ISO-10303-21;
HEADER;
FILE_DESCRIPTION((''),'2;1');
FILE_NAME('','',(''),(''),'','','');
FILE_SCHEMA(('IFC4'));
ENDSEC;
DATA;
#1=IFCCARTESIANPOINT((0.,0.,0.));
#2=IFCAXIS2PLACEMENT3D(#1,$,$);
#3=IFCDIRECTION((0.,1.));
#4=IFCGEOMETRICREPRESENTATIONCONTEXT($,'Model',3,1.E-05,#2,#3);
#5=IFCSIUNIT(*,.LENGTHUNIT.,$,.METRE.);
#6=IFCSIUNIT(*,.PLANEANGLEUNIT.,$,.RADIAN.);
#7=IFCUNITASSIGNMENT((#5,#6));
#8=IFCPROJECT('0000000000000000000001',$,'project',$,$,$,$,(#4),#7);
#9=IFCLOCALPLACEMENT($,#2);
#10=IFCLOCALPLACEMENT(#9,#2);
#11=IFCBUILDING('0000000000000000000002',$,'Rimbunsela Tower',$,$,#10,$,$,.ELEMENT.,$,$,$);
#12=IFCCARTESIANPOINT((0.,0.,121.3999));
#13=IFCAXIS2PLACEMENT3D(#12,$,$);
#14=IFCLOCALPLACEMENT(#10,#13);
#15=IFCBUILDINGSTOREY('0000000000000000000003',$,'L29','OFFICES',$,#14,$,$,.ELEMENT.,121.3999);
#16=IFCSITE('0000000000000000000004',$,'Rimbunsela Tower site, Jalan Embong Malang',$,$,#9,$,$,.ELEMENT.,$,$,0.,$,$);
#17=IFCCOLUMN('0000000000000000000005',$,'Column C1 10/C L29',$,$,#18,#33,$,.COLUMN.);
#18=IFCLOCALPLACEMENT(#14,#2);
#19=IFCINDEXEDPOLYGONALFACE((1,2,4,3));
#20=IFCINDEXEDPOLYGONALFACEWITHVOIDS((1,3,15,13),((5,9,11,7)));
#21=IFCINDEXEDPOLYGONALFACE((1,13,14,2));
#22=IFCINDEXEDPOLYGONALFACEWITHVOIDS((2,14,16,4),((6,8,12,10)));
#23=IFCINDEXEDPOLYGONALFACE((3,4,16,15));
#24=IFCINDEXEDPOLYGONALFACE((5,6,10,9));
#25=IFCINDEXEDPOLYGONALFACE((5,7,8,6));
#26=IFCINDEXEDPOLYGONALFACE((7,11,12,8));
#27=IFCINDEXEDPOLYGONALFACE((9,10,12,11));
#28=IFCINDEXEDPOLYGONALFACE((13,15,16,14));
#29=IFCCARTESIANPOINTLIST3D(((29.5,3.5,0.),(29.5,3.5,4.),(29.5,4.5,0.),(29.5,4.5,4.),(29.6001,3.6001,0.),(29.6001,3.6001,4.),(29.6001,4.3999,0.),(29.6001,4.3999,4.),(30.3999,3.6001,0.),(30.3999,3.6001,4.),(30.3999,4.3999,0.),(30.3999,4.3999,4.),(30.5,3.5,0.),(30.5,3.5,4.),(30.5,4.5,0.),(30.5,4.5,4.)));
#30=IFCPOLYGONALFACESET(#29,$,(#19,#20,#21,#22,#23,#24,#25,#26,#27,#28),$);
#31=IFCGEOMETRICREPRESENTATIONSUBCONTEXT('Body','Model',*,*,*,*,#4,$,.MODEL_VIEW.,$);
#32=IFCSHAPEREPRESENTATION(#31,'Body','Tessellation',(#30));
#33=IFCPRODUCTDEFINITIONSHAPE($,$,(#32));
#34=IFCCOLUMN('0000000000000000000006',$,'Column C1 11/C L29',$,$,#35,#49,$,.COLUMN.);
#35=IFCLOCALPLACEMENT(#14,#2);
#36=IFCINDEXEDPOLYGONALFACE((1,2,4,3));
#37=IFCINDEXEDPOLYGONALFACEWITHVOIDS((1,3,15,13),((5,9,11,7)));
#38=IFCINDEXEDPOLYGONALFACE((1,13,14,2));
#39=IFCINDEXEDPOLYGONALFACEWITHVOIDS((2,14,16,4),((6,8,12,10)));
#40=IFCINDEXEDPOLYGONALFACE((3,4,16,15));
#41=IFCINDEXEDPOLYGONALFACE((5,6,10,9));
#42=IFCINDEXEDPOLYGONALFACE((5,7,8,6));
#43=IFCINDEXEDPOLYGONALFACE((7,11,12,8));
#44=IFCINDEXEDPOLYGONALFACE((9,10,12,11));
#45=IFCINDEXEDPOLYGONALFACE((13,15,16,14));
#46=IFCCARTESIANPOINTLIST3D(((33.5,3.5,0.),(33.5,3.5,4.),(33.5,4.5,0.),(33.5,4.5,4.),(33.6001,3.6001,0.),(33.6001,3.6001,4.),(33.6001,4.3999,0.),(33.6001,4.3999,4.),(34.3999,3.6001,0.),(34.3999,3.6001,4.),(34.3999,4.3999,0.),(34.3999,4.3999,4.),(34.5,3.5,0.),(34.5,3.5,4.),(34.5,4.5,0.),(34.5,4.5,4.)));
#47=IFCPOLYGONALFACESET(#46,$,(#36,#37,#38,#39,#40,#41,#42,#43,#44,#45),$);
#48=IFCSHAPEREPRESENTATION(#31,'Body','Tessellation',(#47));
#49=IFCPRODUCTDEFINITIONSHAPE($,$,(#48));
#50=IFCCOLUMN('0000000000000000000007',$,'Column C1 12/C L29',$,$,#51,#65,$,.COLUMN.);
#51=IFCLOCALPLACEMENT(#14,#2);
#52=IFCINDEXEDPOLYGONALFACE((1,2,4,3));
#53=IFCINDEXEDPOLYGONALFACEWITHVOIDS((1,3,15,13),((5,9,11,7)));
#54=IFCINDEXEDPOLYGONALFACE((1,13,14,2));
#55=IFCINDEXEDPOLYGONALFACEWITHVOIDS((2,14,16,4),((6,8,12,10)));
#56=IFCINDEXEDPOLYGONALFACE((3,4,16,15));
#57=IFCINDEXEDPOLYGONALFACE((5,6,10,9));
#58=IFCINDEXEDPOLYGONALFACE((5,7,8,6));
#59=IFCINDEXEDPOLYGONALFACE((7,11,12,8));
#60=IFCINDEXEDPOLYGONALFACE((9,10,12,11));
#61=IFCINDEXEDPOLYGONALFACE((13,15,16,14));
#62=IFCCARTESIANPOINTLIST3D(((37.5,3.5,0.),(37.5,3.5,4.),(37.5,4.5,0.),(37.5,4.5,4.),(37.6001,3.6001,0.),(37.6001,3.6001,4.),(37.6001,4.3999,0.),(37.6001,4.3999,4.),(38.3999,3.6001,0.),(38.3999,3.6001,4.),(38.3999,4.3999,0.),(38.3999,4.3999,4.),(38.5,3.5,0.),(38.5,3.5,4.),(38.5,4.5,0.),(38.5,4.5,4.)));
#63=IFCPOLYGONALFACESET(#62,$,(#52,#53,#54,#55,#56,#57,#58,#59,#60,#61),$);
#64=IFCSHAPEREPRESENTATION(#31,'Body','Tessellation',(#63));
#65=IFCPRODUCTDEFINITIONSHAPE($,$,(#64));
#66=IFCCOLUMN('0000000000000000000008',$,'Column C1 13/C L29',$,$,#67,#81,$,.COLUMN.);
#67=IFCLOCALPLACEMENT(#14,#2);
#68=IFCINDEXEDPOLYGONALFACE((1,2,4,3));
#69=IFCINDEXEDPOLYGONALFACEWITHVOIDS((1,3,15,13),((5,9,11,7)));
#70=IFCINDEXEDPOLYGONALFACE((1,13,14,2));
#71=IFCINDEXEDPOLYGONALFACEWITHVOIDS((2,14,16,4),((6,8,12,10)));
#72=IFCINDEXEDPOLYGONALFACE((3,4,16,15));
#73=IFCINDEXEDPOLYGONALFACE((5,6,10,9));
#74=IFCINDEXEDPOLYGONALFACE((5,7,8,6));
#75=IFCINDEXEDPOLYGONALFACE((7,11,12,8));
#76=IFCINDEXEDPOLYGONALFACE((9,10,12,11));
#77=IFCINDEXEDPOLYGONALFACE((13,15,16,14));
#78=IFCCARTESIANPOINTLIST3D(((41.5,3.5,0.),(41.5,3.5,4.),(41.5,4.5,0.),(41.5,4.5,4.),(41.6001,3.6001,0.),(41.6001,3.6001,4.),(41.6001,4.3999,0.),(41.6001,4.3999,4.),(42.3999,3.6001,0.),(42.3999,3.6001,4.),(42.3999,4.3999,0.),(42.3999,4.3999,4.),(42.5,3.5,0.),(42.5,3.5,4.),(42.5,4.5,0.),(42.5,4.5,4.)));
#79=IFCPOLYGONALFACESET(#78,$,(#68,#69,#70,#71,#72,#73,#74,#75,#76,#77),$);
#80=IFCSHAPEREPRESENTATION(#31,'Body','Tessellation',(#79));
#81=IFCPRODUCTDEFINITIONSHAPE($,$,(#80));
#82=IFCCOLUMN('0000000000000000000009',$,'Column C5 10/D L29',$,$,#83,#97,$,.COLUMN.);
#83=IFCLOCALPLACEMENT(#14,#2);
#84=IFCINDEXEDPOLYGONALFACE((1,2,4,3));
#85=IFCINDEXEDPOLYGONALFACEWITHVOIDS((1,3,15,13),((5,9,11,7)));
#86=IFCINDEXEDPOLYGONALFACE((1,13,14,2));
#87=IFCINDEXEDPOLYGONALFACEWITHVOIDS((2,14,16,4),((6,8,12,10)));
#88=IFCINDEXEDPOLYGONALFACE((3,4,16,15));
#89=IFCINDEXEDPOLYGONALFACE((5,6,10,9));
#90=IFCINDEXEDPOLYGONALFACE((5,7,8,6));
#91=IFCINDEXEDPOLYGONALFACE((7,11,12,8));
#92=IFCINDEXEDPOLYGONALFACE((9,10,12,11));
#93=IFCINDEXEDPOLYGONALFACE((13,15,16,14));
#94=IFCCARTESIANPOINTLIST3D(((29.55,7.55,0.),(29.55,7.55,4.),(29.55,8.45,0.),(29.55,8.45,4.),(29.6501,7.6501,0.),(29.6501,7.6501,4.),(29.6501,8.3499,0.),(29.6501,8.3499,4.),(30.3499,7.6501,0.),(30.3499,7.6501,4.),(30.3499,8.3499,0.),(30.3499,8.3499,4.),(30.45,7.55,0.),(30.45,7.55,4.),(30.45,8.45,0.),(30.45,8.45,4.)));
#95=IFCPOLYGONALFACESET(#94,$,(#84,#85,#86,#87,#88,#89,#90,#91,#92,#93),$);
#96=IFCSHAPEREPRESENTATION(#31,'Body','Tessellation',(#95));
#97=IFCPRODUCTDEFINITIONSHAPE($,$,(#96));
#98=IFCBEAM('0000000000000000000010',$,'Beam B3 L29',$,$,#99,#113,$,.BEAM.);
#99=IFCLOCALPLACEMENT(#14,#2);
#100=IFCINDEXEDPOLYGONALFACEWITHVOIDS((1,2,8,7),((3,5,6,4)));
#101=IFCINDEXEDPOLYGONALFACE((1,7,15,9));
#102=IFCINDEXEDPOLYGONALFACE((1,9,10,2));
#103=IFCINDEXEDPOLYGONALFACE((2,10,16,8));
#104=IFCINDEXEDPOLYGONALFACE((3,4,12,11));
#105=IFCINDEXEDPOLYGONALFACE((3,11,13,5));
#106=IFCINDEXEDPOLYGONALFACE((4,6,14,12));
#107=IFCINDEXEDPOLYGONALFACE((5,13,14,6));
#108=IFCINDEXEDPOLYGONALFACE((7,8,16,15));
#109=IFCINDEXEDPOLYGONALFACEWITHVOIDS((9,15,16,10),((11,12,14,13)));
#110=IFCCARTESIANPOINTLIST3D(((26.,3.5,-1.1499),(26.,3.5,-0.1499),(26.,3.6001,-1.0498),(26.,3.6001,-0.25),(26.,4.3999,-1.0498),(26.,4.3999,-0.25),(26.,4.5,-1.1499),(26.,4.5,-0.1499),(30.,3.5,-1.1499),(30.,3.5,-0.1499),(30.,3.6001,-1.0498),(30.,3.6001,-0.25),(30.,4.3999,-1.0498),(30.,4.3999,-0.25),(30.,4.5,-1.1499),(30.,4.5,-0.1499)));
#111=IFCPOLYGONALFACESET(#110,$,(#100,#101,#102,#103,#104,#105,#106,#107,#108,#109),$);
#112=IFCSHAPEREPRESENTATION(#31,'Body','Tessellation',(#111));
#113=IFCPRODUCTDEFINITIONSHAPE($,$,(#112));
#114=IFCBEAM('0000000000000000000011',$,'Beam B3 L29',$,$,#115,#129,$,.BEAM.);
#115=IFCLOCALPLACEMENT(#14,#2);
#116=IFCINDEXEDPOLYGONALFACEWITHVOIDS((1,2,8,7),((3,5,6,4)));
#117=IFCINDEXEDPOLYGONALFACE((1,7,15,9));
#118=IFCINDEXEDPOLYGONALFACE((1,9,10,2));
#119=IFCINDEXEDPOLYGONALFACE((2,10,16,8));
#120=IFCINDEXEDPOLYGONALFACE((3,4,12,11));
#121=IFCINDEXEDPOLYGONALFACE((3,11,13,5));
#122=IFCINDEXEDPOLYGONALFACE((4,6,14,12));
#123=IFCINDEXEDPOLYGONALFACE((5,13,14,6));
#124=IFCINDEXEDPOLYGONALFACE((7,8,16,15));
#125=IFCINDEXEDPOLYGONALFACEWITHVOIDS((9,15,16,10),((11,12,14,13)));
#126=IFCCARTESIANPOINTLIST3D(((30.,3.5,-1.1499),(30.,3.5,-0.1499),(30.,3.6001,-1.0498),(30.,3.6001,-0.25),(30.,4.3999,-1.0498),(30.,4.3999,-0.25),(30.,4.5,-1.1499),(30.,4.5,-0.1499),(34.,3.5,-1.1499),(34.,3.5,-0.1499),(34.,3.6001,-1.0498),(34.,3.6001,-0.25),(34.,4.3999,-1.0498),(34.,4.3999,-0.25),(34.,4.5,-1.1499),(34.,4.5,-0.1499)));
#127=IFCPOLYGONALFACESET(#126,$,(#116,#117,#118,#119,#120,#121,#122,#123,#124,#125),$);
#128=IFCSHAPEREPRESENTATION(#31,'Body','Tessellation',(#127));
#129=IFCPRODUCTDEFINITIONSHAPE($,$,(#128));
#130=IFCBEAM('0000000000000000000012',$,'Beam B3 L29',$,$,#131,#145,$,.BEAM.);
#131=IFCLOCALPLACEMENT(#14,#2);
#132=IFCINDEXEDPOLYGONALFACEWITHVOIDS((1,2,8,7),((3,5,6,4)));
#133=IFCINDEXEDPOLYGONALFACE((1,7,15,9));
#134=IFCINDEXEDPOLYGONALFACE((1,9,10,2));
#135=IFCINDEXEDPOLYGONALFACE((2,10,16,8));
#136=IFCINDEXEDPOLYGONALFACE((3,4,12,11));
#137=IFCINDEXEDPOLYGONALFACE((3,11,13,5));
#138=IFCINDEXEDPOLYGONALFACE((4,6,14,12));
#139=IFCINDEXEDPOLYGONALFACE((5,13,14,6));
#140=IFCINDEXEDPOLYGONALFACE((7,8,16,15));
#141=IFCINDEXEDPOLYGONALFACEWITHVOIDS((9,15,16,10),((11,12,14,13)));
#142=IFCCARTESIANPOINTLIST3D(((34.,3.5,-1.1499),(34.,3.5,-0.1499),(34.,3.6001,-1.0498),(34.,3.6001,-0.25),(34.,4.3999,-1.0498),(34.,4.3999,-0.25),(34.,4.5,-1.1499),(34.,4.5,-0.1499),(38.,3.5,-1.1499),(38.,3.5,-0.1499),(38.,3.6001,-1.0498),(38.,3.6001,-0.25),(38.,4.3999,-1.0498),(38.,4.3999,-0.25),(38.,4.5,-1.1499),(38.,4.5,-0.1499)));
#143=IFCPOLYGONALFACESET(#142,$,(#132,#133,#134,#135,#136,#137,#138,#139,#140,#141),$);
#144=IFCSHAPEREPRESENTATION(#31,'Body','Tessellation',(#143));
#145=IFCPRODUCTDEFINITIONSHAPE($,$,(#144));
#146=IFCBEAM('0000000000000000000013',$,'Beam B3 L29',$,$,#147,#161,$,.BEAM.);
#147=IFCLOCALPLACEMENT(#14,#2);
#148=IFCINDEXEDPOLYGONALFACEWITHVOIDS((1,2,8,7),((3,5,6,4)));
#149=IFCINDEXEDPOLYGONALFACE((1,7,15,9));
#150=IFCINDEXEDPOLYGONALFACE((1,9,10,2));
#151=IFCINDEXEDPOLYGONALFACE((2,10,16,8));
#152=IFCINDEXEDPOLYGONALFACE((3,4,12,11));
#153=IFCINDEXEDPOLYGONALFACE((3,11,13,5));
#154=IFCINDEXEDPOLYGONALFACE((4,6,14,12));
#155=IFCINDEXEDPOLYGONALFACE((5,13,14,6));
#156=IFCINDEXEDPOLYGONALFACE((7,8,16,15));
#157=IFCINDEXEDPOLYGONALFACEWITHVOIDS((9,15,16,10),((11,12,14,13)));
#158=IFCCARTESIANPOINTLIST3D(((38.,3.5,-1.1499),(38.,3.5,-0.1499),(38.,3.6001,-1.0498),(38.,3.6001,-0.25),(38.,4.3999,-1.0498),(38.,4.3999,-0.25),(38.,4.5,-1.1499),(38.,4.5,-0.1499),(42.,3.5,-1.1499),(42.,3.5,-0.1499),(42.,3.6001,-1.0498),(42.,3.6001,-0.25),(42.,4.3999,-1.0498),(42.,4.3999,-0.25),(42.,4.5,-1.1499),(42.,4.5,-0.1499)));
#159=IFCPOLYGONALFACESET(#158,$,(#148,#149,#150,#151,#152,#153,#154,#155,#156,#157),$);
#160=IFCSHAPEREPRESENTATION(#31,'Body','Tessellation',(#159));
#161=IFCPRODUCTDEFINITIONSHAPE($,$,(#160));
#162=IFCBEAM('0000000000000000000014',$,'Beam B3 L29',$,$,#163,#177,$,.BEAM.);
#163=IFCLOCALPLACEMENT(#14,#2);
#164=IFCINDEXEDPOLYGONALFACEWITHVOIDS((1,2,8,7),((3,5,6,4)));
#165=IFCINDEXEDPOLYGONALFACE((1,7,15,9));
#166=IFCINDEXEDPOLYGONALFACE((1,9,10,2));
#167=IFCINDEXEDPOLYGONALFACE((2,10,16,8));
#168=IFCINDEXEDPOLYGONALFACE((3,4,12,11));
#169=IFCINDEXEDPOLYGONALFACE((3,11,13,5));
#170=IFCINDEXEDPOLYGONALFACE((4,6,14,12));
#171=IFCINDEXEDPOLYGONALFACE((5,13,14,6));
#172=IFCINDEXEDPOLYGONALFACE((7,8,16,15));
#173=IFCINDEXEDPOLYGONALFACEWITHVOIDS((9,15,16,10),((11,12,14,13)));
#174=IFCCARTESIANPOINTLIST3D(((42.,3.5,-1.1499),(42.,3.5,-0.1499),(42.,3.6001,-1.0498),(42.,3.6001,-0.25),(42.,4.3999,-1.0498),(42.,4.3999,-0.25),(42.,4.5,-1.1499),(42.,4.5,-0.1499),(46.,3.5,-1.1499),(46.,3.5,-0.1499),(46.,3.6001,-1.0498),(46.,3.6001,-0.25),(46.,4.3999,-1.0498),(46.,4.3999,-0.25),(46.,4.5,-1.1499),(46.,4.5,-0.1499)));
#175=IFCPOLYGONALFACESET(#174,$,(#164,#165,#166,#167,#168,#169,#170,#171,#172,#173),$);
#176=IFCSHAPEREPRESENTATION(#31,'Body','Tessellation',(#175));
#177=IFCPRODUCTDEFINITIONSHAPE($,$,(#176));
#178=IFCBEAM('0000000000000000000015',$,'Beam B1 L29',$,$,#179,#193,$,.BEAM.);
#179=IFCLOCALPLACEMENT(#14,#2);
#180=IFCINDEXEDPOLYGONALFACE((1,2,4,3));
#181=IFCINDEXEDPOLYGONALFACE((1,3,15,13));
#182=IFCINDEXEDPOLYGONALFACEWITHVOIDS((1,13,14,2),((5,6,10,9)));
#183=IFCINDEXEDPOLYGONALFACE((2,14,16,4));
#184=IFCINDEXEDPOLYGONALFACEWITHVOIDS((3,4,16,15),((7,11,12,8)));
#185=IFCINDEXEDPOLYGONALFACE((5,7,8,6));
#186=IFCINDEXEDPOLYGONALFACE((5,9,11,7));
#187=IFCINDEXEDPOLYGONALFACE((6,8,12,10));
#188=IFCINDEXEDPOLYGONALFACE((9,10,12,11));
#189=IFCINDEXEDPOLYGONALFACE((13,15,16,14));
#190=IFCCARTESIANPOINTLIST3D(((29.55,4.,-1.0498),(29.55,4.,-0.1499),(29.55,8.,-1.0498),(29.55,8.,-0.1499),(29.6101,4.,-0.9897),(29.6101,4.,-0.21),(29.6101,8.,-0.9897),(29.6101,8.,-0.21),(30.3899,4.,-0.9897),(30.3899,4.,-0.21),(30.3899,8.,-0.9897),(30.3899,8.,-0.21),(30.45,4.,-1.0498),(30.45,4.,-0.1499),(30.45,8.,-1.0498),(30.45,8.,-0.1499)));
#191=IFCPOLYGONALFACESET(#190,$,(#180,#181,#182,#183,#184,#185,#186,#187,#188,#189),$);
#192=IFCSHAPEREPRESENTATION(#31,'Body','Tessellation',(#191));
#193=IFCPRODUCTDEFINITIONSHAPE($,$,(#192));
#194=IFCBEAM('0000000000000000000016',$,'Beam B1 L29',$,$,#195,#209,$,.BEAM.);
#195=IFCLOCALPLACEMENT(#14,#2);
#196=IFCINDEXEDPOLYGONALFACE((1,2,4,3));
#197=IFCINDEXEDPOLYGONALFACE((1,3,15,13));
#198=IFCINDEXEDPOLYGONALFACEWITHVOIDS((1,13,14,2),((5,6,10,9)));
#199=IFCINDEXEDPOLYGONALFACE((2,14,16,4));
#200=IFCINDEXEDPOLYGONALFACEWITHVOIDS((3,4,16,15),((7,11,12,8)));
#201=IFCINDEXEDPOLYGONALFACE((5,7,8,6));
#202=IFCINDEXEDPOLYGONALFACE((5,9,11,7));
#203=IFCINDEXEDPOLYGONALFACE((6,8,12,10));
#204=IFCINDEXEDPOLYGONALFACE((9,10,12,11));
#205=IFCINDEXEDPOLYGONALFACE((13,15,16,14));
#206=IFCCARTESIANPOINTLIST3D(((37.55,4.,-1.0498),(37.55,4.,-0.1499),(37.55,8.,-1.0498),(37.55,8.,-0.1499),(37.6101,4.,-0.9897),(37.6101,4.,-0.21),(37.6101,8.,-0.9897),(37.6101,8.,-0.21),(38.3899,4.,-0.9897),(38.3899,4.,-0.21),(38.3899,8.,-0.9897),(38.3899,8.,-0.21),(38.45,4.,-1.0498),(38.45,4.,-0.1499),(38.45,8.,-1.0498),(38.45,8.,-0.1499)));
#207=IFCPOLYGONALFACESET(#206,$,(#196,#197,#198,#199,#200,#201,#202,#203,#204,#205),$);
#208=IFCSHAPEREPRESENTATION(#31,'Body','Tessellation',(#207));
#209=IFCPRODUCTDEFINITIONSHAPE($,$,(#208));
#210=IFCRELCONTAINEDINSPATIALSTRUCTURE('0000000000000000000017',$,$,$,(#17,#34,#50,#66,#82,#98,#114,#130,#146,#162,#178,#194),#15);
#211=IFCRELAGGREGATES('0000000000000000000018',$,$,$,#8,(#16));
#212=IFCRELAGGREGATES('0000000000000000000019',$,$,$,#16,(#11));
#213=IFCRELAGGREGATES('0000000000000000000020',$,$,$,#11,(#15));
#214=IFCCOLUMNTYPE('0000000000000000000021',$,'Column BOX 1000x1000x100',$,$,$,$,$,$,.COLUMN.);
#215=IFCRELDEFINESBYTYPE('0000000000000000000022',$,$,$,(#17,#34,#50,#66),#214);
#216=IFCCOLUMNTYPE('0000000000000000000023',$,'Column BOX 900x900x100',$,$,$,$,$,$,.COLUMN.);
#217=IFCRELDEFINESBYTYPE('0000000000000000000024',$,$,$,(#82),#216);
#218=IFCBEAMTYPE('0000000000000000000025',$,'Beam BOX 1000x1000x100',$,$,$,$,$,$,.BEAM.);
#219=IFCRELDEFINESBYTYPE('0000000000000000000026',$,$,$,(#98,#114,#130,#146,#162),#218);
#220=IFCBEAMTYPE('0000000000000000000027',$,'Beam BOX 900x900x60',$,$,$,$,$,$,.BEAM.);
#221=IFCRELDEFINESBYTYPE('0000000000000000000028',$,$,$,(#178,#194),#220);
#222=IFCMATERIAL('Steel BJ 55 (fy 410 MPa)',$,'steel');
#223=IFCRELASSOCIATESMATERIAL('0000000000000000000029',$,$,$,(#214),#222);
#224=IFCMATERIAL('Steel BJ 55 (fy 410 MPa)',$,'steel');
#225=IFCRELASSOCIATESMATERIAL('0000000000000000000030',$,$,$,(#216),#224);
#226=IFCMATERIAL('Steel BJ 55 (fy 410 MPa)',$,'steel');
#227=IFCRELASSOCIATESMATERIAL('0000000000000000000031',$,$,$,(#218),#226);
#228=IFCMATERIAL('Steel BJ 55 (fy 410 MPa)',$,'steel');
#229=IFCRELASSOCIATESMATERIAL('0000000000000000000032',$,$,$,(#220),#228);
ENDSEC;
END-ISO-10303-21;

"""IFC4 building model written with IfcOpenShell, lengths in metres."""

from ifc_helpers import new_model, si_unit, direction, frame, origin, origin_2d, place, context, subcontext, project, spatial, hollow_rectangle, extrude, material, material_profile, profile_set, type_object, element, save


model = new_model("IFC4")

# Units and contexts
model_context = context("Model", 3, precision=1e-05, world=origin(), true_north=direction((0.0, 1.0)))
body_context = subcontext(model_context, "Body", "Model", "MODEL_VIEW")
ifc_project = project(units=[si_unit("LENGTHUNIT", "METRE"), si_unit("PLANEANGLEUNIT", "RADIAN")], contexts=[model_context])

# Site, building, storey
site_placement = place(None, origin())
site = spatial("IfcSite", under=ifc_project, at=site_placement, Name="Rimbunsela Tower site, Jalan Embong Malang", CompositionType="ELEMENT", RefElevation=0.0)
building_placement = place(site_placement, origin())
building = spatial("IfcBuilding", under=site, at=building_placement, Name="Rimbunsela Tower", CompositionType="ELEMENT")
storey_placement = place(building_placement, frame((0.0, 0.0, 121.3999)))
storey = spatial("IfcBuildingStorey", under=building, at=storey_placement, Name="L29", Description="OFFICES", CompositionType="ELEMENT", Elevation=121.3999)

# Columns
ifc_material_1 = material(Name="Steel BJ 55 (fy 410 MPa)", Category="steel")
ifc_material_profile_1 = material_profile(ifc_material_1, hollow_rectangle(XDim=1.0, YDim=1.0, WallThickness=0.1001, at=origin_2d()), Name="BOX 1000x1000x100")
ifc_profile_set_1 = profile_set([ifc_material_profile_1], Name="Steel BJ 55 (fy 410 MPa)")
column_type_1 = type_object("IfcColumnType", Name="Column BOX 1000x1000x100", PredefinedType="COLUMN", material=ifc_profile_set_1)
for number, where, z_axis, x_axis, name in (
    (1, (30.0, 4.0, 0.0), (0.0, 0.0, 1.0), (1.0, 0.0, 0.0), "Column C1 10/C L29"),
    (2, (34.0, 4.0, 0.0), (0.0, 0.0, 1.0), (1.0, 0.0, 0.0), "Column C1 11/C L29"),
    (3, (38.0, 4.0, 0.0), (0.0, 0.0, 1.0), (1.0, 0.0, 0.0), "Column C1 12/C L29"),
    (4, (42.0, 4.0, 0.0), (0.0, 0.0, 1.0), (1.0, 0.0, 0.0), "Column C1 13/C L29"),
):
    element("IfcColumn", number, at=place(storey_placement, frame(where, z_axis=z_axis, x_axis=x_axis)), inside=storey, type_object=column_type_1, Name=name, PredefinedType="COLUMN", context=body_context, shape_type="SweptSolid", body=[
        extrude(hollow_rectangle(XDim=1.0, YDim=1.0, WallThickness=0.1001, at=origin_2d()), origin(), (0.0, 0.0, 1.0), 4.0),
    ])
ifc_material_2 = material(Name="Steel BJ 55 (fy 410 MPa)", Category="steel")
ifc_material_profile_2 = material_profile(ifc_material_2, hollow_rectangle(XDim=0.8999, YDim=0.8999, WallThickness=0.1001, at=origin_2d()), Name="BOX 900x900x100")
ifc_profile_set_2 = profile_set([ifc_material_profile_2], Name="Steel BJ 55 (fy 410 MPa)")
column_type_2 = type_object("IfcColumnType", Name="Column BOX 900x900x100", PredefinedType="COLUMN", material=ifc_profile_set_2)
column_placement = place(storey_placement, frame((30.0, 8.0, 0.0), z_axis=(0.0, 0.0, 1.0), x_axis=(1.0, 0.0, 0.0)))
element("IfcColumn", 5, at=column_placement, inside=storey, type_object=column_type_2, Name="Column C5 10/D L29", PredefinedType="COLUMN", context=body_context, shape_type="SweptSolid", body=[
    extrude(hollow_rectangle(XDim=0.8999, YDim=0.8999, WallThickness=0.1001, at=origin_2d()), origin(), (0.0, 0.0, 1.0), 4.0),
])

# Beams
ifc_material_3 = material(Name="Steel BJ 55 (fy 410 MPa)", Category="steel")
ifc_material_profile_3 = material_profile(ifc_material_3, hollow_rectangle(XDim=1.0, YDim=1.0, WallThickness=0.1001, at=origin_2d()), Name="BOX 1000x1000x100")
ifc_profile_set_3 = profile_set([ifc_material_profile_3], Name="Steel BJ 55 (fy 410 MPa)")
beam_type_1 = type_object("IfcBeamType", Name="Beam BOX 1000x1000x100", PredefinedType="BEAM", material=ifc_profile_set_3)
for number, where, z_axis, x_axis, name in (
    (6, (26.0, 4.0, -0.6499), (1.0, 0.0, 0.0), (0.0, 1.0, 0.0), "Beam B3 L29"),
    (7, (30.0, 4.0, -0.6499), (1.0, 0.0, 0.0), (0.0, 1.0, 0.0), "Beam B3 L29"),
    (8, (34.0, 4.0, -0.6499), (1.0, 0.0, 0.0), (0.0, 1.0, 0.0), "Beam B3 L29"),
    (9, (38.0, 4.0, -0.6499), (1.0, 0.0, 0.0), (0.0, 1.0, 0.0), "Beam B3 L29"),
    (10, (42.0, 4.0, -0.6499), (1.0, 0.0, 0.0), (0.0, 1.0, 0.0), "Beam B3 L29"),
):
    element("IfcBeam", number, at=place(storey_placement, frame(where, z_axis=z_axis, x_axis=x_axis)), inside=storey, type_object=beam_type_1, Name=name, PredefinedType="BEAM", context=body_context, shape_type="SweptSolid", body=[
        extrude(hollow_rectangle(XDim=1.0, YDim=1.0, WallThickness=0.1001, at=origin_2d()), origin(), (0.0, 0.0, 1.0), 4.0),
    ])
ifc_material_4 = material(Name="Steel BJ 55 (fy 410 MPa)", Category="steel")
ifc_material_profile_4 = material_profile(ifc_material_4, hollow_rectangle(XDim=0.8999, YDim=0.8999, WallThickness=0.0601, at=origin_2d()), Name="BOX 900x900x60")
ifc_profile_set_4 = profile_set([ifc_material_profile_4], Name="Steel BJ 55 (fy 410 MPa)")
beam_type_2 = type_object("IfcBeamType", Name="Beam BOX 900x900x60", PredefinedType="BEAM", material=ifc_profile_set_4)
for number, where, z_axis, x_axis, name in (
    (11, (30.0, 4.0, -0.5999), (0.0, 1.0, 0.0), (-1.0, 0.0, 0.0), "Beam B1 L29"),
    (12, (38.0, 4.0, -0.5999), (0.0, 1.0, 0.0), (-1.0, 0.0, 0.0), "Beam B1 L29"),
):
    element("IfcBeam", number, at=place(storey_placement, frame(where, z_axis=z_axis, x_axis=x_axis)), inside=storey, type_object=beam_type_2, Name=name, PredefinedType="BEAM", context=body_context, shape_type="SweptSolid", body=[
        extrude(hollow_rectangle(XDim=0.8999, YDim=0.8999, WallThickness=0.0601, at=origin_2d()), origin(), (0.0, 0.0, 1.0), 4.0),
    ])

save(model, "model.ifc")
